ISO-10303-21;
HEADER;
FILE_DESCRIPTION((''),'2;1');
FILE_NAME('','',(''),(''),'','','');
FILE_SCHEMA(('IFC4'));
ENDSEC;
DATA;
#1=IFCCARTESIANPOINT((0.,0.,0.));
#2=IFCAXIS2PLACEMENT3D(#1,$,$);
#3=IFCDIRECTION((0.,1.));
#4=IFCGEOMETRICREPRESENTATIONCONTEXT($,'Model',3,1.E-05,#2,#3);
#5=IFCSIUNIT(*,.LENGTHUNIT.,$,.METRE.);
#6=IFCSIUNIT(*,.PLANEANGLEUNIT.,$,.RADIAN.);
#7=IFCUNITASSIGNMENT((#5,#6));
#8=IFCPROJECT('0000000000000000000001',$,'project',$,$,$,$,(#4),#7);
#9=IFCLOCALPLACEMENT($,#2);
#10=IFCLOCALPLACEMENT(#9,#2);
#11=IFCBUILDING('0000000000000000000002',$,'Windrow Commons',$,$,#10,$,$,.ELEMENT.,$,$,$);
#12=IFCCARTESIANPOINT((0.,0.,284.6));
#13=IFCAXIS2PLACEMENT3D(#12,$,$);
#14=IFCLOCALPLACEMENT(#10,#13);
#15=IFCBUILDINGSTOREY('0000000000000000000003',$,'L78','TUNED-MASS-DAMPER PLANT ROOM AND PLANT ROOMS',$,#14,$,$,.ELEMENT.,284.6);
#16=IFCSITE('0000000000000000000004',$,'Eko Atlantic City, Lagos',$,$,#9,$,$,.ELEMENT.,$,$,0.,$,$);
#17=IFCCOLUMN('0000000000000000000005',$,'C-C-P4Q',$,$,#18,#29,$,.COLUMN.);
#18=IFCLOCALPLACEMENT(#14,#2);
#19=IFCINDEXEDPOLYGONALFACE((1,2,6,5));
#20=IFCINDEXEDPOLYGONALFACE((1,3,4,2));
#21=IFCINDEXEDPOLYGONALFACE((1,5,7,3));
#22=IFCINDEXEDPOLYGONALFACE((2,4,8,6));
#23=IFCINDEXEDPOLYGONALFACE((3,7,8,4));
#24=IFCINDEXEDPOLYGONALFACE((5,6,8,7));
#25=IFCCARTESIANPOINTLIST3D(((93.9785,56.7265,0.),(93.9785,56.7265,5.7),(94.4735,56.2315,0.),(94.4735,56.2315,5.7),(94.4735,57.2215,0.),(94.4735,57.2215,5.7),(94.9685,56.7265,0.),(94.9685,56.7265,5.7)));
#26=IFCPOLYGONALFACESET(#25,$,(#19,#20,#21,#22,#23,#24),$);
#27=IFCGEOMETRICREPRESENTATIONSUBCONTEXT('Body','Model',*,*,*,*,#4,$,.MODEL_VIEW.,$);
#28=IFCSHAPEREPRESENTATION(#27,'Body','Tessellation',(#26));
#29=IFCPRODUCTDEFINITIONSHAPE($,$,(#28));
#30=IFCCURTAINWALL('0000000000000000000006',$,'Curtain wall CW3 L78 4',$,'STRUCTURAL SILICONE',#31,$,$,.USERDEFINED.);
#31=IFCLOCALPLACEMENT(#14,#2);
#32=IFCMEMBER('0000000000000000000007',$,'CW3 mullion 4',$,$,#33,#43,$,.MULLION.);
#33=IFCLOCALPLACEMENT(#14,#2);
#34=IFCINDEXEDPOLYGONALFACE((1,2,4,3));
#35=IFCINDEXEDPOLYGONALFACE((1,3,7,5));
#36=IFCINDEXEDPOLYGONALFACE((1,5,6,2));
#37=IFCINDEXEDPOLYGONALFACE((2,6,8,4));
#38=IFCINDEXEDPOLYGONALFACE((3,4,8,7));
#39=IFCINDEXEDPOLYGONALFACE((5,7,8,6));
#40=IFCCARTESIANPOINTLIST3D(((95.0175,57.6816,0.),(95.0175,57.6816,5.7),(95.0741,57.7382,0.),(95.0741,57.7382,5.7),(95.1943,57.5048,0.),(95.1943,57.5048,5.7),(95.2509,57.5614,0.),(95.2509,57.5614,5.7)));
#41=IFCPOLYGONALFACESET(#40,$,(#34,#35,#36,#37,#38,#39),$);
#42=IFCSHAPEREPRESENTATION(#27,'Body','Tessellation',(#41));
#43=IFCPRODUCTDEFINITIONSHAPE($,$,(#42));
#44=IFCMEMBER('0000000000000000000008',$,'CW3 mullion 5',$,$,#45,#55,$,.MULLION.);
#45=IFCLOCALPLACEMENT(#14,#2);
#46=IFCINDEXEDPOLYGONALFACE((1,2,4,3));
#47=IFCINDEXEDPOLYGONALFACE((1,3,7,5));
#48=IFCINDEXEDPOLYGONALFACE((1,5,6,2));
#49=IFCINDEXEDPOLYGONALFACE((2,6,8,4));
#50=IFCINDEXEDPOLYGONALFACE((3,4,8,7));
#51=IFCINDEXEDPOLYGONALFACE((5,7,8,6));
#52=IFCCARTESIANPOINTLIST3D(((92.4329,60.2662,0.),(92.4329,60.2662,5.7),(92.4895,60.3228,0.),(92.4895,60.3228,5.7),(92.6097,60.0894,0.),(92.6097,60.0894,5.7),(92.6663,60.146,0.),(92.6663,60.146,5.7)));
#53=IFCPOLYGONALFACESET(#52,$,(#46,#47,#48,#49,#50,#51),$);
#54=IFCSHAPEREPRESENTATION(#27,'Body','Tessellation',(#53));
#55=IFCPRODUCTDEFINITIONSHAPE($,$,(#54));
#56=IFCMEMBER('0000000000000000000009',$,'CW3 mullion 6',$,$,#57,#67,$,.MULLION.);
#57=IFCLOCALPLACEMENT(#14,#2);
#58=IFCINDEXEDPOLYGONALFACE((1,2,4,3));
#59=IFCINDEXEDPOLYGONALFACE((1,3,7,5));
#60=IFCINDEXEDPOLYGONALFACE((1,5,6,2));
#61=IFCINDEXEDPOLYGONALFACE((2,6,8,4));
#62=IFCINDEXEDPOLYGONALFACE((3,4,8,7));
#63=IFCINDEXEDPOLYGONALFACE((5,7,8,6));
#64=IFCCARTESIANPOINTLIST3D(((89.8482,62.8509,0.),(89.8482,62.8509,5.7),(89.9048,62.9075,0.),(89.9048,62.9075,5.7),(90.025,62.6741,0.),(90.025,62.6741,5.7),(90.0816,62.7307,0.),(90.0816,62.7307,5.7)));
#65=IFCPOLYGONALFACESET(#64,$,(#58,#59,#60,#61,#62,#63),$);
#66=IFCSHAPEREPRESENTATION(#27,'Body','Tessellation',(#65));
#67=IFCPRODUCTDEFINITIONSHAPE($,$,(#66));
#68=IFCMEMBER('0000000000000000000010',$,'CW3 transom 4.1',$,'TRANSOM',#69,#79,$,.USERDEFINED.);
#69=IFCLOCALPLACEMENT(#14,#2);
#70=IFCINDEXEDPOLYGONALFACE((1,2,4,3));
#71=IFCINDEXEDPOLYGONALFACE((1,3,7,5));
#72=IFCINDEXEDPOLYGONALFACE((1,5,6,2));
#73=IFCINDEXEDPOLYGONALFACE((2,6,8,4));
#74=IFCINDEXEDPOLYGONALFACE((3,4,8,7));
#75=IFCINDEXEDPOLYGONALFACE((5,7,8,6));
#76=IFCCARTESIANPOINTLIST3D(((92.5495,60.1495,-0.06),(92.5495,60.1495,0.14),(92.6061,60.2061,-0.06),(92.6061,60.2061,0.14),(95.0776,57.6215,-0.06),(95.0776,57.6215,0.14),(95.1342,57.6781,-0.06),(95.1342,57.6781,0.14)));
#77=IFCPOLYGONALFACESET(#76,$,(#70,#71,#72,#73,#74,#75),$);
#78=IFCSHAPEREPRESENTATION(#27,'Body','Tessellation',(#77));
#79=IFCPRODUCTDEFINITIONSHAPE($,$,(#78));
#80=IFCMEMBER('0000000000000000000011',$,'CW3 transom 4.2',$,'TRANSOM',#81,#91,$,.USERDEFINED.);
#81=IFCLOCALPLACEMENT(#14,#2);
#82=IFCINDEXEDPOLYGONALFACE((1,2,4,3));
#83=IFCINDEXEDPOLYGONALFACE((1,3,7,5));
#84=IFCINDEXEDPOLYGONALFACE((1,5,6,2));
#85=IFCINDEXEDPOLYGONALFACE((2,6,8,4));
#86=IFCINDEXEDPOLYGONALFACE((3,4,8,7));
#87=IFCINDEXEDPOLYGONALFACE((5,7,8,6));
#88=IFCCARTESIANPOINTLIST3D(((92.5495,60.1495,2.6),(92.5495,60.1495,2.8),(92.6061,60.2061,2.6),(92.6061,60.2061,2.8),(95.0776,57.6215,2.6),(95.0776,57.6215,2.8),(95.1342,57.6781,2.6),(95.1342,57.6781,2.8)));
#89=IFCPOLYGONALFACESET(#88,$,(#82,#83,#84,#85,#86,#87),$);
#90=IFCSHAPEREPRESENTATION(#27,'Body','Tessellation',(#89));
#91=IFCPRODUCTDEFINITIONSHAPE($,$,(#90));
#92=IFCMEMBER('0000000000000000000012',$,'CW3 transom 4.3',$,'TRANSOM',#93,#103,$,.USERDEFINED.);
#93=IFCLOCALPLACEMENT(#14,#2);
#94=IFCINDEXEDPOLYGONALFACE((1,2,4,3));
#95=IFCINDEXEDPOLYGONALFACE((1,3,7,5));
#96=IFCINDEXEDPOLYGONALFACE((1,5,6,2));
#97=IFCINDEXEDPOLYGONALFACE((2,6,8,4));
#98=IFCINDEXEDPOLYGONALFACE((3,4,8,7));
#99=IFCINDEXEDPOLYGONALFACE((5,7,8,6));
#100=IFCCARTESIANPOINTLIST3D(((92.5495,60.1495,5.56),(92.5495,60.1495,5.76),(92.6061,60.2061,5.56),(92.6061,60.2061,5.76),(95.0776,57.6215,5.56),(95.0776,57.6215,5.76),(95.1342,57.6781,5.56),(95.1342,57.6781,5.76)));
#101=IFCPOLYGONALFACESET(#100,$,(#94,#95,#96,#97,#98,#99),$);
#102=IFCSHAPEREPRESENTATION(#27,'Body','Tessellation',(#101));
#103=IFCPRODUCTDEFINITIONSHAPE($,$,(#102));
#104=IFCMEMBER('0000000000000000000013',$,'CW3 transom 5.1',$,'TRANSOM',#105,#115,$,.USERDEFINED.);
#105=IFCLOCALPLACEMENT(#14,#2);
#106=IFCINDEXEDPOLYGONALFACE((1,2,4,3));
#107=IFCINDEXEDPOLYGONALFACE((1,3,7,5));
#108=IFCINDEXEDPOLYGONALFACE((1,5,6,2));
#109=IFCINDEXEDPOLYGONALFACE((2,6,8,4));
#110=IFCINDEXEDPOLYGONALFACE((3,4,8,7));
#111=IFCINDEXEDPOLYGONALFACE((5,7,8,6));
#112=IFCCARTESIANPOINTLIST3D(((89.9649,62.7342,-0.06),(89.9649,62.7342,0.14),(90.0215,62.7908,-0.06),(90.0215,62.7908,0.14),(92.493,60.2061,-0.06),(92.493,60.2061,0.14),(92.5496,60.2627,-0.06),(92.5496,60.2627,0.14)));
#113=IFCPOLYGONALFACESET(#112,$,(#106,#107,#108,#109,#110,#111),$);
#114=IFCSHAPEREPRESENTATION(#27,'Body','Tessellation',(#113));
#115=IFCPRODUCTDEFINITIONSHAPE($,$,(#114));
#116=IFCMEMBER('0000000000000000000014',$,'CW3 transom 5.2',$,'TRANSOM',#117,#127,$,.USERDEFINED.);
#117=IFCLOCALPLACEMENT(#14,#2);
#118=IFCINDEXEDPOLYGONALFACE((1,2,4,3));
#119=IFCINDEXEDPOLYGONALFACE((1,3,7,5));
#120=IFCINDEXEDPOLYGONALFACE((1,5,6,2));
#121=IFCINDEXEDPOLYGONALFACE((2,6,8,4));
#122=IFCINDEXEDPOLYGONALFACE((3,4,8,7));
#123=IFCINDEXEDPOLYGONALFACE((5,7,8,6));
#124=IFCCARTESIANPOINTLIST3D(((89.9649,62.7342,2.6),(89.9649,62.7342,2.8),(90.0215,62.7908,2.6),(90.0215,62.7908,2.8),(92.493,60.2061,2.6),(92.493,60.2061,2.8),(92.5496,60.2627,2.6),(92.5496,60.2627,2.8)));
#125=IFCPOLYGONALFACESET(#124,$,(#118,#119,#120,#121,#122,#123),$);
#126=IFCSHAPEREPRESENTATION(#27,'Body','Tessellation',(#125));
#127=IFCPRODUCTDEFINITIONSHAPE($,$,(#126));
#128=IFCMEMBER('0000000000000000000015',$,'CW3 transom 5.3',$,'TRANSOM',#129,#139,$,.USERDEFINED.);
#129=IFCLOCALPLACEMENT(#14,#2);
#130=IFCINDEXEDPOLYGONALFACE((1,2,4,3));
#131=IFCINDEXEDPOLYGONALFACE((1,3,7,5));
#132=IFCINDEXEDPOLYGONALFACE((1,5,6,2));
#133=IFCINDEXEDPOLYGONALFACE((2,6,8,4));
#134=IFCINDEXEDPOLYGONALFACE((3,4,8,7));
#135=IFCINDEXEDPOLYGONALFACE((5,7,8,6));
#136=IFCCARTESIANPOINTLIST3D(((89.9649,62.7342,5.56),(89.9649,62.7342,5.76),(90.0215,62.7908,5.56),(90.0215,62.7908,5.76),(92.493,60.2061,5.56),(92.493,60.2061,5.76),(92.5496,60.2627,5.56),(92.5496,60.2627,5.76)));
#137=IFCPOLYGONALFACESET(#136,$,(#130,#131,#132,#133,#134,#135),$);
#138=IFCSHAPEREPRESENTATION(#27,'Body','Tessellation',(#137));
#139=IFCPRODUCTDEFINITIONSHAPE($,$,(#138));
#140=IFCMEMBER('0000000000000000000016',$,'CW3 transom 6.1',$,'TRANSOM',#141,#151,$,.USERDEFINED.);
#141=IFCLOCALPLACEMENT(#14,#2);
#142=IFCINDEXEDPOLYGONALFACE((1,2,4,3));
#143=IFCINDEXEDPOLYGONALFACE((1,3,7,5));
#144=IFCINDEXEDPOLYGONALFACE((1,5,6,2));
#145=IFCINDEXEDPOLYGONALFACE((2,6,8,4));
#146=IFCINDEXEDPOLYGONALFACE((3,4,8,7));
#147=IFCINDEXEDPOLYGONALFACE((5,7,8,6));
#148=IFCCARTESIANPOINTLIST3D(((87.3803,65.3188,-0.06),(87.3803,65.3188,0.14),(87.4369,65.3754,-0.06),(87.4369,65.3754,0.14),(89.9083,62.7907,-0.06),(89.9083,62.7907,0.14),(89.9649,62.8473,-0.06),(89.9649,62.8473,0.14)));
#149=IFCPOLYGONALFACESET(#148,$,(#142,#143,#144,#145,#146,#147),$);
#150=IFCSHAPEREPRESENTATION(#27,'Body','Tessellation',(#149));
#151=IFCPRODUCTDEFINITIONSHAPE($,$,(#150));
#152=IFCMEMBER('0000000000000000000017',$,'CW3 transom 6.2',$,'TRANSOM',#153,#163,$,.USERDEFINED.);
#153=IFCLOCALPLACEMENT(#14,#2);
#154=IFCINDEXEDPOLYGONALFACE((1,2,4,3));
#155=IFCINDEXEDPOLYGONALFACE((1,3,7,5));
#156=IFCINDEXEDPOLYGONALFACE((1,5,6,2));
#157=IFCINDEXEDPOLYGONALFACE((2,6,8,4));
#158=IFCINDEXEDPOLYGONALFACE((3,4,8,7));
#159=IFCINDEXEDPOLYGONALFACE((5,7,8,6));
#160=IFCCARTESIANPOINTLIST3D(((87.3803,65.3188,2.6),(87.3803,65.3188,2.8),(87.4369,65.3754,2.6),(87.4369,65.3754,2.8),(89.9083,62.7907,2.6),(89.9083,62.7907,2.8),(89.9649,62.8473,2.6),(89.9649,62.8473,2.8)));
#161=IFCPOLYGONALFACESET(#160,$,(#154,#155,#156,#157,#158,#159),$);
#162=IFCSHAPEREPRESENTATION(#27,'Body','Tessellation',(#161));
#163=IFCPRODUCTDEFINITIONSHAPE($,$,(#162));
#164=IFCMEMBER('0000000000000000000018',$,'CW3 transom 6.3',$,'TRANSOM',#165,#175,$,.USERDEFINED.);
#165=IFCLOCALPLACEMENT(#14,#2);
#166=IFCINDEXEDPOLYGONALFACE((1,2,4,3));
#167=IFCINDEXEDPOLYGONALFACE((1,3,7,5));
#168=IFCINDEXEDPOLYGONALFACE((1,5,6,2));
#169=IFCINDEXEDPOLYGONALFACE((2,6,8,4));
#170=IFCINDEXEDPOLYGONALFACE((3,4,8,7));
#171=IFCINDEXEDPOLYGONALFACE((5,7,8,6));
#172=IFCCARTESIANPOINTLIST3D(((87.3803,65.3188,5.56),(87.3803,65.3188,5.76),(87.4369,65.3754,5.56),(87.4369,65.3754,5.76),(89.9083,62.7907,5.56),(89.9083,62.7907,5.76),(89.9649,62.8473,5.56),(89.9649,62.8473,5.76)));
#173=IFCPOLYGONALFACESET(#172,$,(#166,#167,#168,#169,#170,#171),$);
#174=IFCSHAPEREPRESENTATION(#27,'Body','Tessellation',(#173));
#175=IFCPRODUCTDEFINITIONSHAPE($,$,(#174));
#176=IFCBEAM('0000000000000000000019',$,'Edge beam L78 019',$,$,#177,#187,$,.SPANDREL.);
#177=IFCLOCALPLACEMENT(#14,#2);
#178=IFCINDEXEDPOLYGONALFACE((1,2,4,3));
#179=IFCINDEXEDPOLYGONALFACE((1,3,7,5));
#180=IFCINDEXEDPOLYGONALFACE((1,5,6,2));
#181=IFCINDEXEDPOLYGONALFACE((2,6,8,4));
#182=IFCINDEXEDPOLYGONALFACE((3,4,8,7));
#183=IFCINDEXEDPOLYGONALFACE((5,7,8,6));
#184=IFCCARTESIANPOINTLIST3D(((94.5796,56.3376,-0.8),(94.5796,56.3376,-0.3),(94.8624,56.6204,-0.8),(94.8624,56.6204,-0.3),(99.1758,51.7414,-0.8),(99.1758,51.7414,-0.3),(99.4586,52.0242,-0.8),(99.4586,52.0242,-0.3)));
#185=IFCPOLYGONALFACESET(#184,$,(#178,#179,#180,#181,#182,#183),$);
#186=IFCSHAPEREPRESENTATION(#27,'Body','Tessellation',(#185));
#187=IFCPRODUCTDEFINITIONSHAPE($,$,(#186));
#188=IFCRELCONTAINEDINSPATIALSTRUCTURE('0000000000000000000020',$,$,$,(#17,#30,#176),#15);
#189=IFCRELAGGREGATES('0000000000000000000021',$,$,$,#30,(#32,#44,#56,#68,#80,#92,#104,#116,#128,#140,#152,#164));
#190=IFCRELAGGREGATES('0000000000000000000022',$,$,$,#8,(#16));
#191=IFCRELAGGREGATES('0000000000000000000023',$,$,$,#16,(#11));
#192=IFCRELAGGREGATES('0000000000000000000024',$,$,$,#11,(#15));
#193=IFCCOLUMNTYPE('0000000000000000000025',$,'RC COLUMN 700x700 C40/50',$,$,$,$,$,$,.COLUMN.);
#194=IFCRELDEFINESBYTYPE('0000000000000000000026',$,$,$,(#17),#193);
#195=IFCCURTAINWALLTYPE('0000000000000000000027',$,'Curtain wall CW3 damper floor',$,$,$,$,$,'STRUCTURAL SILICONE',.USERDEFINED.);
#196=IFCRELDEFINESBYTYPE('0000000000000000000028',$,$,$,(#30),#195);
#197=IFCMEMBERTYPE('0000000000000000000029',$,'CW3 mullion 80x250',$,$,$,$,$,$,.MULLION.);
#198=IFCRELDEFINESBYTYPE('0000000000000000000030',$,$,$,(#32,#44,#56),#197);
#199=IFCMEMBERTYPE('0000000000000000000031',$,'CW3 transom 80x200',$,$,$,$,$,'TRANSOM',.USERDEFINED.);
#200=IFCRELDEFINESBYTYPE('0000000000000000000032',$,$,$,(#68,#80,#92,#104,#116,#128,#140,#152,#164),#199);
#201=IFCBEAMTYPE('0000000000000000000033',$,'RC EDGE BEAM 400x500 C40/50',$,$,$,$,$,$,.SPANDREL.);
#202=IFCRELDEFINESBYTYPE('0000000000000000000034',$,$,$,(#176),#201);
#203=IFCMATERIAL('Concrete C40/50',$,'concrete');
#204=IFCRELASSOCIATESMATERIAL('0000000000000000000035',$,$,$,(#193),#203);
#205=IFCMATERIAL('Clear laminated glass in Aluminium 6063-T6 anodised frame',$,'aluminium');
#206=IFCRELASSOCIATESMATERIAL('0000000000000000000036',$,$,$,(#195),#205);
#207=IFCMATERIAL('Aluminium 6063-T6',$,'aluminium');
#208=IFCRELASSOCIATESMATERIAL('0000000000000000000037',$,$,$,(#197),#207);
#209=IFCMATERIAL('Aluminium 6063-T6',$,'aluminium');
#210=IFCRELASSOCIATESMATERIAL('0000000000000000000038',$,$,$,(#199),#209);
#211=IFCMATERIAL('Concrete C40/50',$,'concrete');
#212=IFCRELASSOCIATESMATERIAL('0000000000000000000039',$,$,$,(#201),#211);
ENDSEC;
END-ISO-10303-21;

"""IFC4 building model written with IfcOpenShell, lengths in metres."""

from ifc_helpers import new_model, si_unit, direction, frame, origin, origin_2d, place, context, subcontext, project, spatial, rectangle, extrude, material, material_profile, profile_set, type_object, element, aggregate, save


model = new_model("IFC4")

# Units and contexts
model_context = context("Model", 3, precision=1e-05, world=origin(), true_north=direction((0.0, 1.0)))
body_context = subcontext(model_context, "Body", "Model", "MODEL_VIEW")
ifc_project = project(units=[si_unit("LENGTHUNIT", "METRE"), si_unit("PLANEANGLEUNIT", "RADIAN")], contexts=[model_context])

# Site, building, storey
site_placement = place(None, origin())
site = spatial("IfcSite", under=ifc_project, at=site_placement, Name="Eko Atlantic City, Lagos", CompositionType="ELEMENT", RefElevation=0.0)
building_placement = place(site_placement, origin())
building = spatial("IfcBuilding", under=site, at=building_placement, Name="Windrow Commons", CompositionType="ELEMENT")
storey_placement = place(building_placement, frame((0.0, 0.0, 284.6)))
storey = spatial("IfcBuildingStorey", under=building, at=storey_placement, Name="L78", Description="TUNED-MASS-DAMPER PLANT ROOM AND PLANT ROOMS", CompositionType="ELEMENT", Elevation=284.6)

# Column
ifc_material_1 = material(Name="Concrete C40/50", Category="concrete")
ifc_material_profile_1 = material_profile(ifc_material_1, rectangle(XDim=0.7, YDim=0.7, at=origin_2d()))
ifc_profile_set_1 = profile_set([ifc_material_profile_1], Name="Concrete C40/50")
column_type = type_object("IfcColumnType", Name="RC COLUMN 700x700 C40/50", PredefinedType="COLUMN", material=ifc_profile_set_1)
column_placement = place(storey_placement, frame((94.4735, 56.7265, 0.0), z_axis=(0.0, 0.0, 1.0), x_axis=(0.707107, -0.707107, 0.0)))
element("IfcColumn", 1, at=column_placement, inside=storey, type_object=column_type, Name="C-C-P4Q", PredefinedType="COLUMN", context=body_context, shape_type="SweptSolid", body=[
    extrude(rectangle(XDim=0.7, YDim=0.7, at=origin_2d()), origin(), (0.0, 0.0, 1.0), 5.7),
])

# Curtain wall, members
ifc_material_2 = material(Name="Clear laminated glass in Aluminium 6063-T6 anodised frame", Category="aluminium")
curtain_wall_type = type_object("IfcCurtainWallType", Name="Curtain wall CW3 damper floor", ElementType="STRUCTURAL SILICONE", PredefinedType="USERDEFINED", material=ifc_material_2)
curtain_wall_placement = place(storey_placement, origin())
curtain_wall = element("IfcCurtainWall", 2, at=curtain_wall_placement, inside=storey, type_object=curtain_wall_type, Name="Curtain wall CW3 L78 4", ObjectType="STRUCTURAL SILICONE", PredefinedType="USERDEFINED")
ifc_material_3 = material(Name="Aluminium 6063-T6", Category="aluminium")
ifc_material_profile_2 = material_profile(ifc_material_3, rectangle(XDim=0.08, YDim=0.25, at=origin_2d()))
ifc_profile_set_2 = profile_set([ifc_material_profile_2], Name="Aluminium 6063-T6")
member_type_1 = type_object("IfcMemberType", Name="CW3 mullion 80x250", PredefinedType="MULLION", material=ifc_profile_set_2)
member_1_placement = place(storey_placement, frame((95.1342, 57.6215, 0.0), z_axis=(0.0, 0.0, 1.0), x_axis=(-0.707107, -0.707107, 0.0)))
member_1 = element("IfcMember", 3, at=member_1_placement, type_object=member_type_1, Name="CW3 mullion 4", PredefinedType="MULLION", context=body_context, shape_type="SweptSolid", body=[
    extrude(rectangle(XDim=0.08, YDim=0.25, at=origin_2d()), origin(), (0.0, 0.0, 1.0), 5.7),
])
member_2_placement = place(storey_placement, frame((92.5496, 60.2061, 0.0), z_axis=(0.0, 0.0, 1.0), x_axis=(-0.707107, -0.707107, 0.0)))
member_2 = element("IfcMember", 4, at=member_2_placement, type_object=member_type_1, Name="CW3 mullion 5", PredefinedType="MULLION", context=body_context, shape_type="SweptSolid", body=[
    extrude(rectangle(XDim=0.08, YDim=0.25, at=origin_2d()), origin(), (0.0, 0.0, 1.0), 5.7),
])
member_3_placement = place(storey_placement, frame((89.9649, 62.7908, 0.0), z_axis=(0.0, 0.0, 1.0), x_axis=(-0.707107, -0.707107, 0.0)))
member_3 = element("IfcMember", 5, at=member_3_placement, type_object=member_type_1, Name="CW3 mullion 6", PredefinedType="MULLION", context=body_context, shape_type="SweptSolid", body=[
    extrude(rectangle(XDim=0.08, YDim=0.25, at=origin_2d()), origin(), (0.0, 0.0, 1.0), 5.7),
])
ifc_material_4 = material(Name="Aluminium 6063-T6", Category="aluminium")
ifc_material_profile_3 = material_profile(ifc_material_4, rectangle(XDim=0.08, YDim=0.2, at=origin_2d()))
ifc_profile_set_3 = profile_set([ifc_material_profile_3], Name="Aluminium 6063-T6")
member_type_2 = type_object("IfcMemberType", Name="CW3 transom 80x200", ElementType="TRANSOM", PredefinedType="USERDEFINED", material=ifc_profile_set_3)
member_4_placement = place(storey_placement, frame((95.1059, 57.6498, 0.04), z_axis=(-0.707121, 0.707093, 0.0), x_axis=(-0.707093, -0.707121, 0.0)))
member_4 = element("IfcMember", 6, at=member_4_placement, type_object=member_type_2, Name="CW3 transom 4.1", ObjectType="TRANSOM", PredefinedType="USERDEFINED", context=body_context, shape_type="SweptSolid", body=[
    extrude(rectangle(XDim=0.08, YDim=0.2, at=origin_2d()), origin(), (0.0, 0.0, 1.0), 3.5752),
])
member_5_placement = place(storey_placement, frame((95.1059, 57.6498, 2.7), z_axis=(-0.707121, 0.707093, 0.0), x_axis=(-0.707093, -0.707121, 0.0)))
member_5 = element("IfcMember", 7, at=member_5_placement, type_object=member_type_2, Name="CW3 transom 4.2", ObjectType="TRANSOM", PredefinedType="USERDEFINED", context=body_context, shape_type="SweptSolid", body=[
    extrude(rectangle(XDim=0.08, YDim=0.2, at=origin_2d()), origin(), (0.0, 0.0, 1.0), 3.5752),
])
member_6_placement = place(storey_placement, frame((95.1059, 57.6498, 5.66), z_axis=(-0.707121, 0.707093, 0.0), x_axis=(-0.707093, -0.707121, 0.0)))
member_6 = element("IfcMember", 8, at=member_6_placement, type_object=member_type_2, Name="CW3 transom 4.3", ObjectType="TRANSOM", PredefinedType="USERDEFINED", context=body_context, shape_type="SweptSolid", body=[
    extrude(rectangle(XDim=0.08, YDim=0.2, at=origin_2d()), origin(), (0.0, 0.0, 1.0), 3.5752),
])
member_7_placement = place(storey_placement, frame((92.5213, 60.2344, 0.04), z_axis=(-0.707107, 0.707107, 0.0), x_axis=(-0.707107, -0.707107, 0.0)))
member_7 = element("IfcMember", 9, at=member_7_placement, type_object=member_type_2, Name="CW3 transom 5.1", ObjectType="TRANSOM", PredefinedType="USERDEFINED", context=body_context, shape_type="SweptSolid", body=[
    extrude(rectangle(XDim=0.08, YDim=0.2, at=origin_2d()), origin(), (0.0, 0.0, 1.0), 3.5753),
])
member_8_placement = place(storey_placement, frame((92.5213, 60.2344, 2.7), z_axis=(-0.707107, 0.707107, 0.0), x_axis=(-0.707107, -0.707107, 0.0)))
member_8 = element("IfcMember", 10, at=member_8_placement, type_object=member_type_2, Name="CW3 transom 5.2", ObjectType="TRANSOM", PredefinedType="USERDEFINED", context=body_context, shape_type="SweptSolid", body=[
    extrude(rectangle(XDim=0.08, YDim=0.2, at=origin_2d()), origin(), (0.0, 0.0, 1.0), 3.5753),
])
member_9_placement = place(storey_placement, frame((92.5213, 60.2344, 5.66), z_axis=(-0.707107, 0.707107, 0.0), x_axis=(-0.707107, -0.707107, 0.0)))
member_9 = element("IfcMember", 11, at=member_9_placement, type_object=member_type_2, Name="CW3 transom 5.3", ObjectType="TRANSOM", PredefinedType="USERDEFINED", context=body_context, shape_type="SweptSolid", body=[
    extrude(rectangle(XDim=0.08, YDim=0.2, at=origin_2d()), origin(), (0.0, 0.0, 1.0), 3.5753),
])
member_10_placement = place(storey_placement, frame((89.9366, 62.819, 0.04), z_axis=(-0.707093, 0.707121, 0.0), x_axis=(-0.707121, -0.707093, 0.0)))
member_10 = element("IfcMember", 12, at=member_10_placement, type_object=member_type_2, Name="CW3 transom 6.1", ObjectType="TRANSOM", PredefinedType="USERDEFINED", context=body_context, shape_type="SweptSolid", body=[
    extrude(rectangle(XDim=0.08, YDim=0.2, at=origin_2d()), origin(), (0.0, 0.0, 1.0), 3.5752),
])
member_11_placement = place(storey_placement, frame((89.9366, 62.819, 2.7), z_axis=(-0.707093, 0.707121, 0.0), x_axis=(-0.707121, -0.707093, 0.0)))
member_11 = element("IfcMember", 13, at=member_11_placement, type_object=member_type_2, Name="CW3 transom 6.2", ObjectType="TRANSOM", PredefinedType="USERDEFINED", context=body_context, shape_type="SweptSolid", body=[
    extrude(rectangle(XDim=0.08, YDim=0.2, at=origin_2d()), origin(), (0.0, 0.0, 1.0), 3.5752),
])
member_12_placement = place(storey_placement, frame((89.9366, 62.819, 5.66), z_axis=(-0.707093, 0.707121, 0.0), x_axis=(-0.707121, -0.707093, 0.0)))
member_12 = element("IfcMember", 14, at=member_12_placement, type_object=member_type_2, Name="CW3 transom 6.3", ObjectType="TRANSOM", PredefinedType="USERDEFINED", context=body_context, shape_type="SweptSolid", body=[
    extrude(rectangle(XDim=0.08, YDim=0.2, at=origin_2d()), origin(), (0.0, 0.0, 1.0), 3.5752),
])

# Beam
ifc_material_5 = material(Name="Concrete C40/50", Category="concrete")
ifc_material_profile_4 = material_profile(ifc_material_5, rectangle(XDim=0.4, YDim=0.5, at=origin_2d()))
ifc_profile_set_4 = profile_set([ifc_material_profile_4], Name="Concrete C40/50")
beam_type = type_object("IfcBeamType", Name="RC EDGE BEAM 400x500 C40/50", PredefinedType="SPANDREL", material=ifc_profile_set_4)
beam_placement = place(storey_placement, frame((94.721, 56.479, -0.55), z_axis=(0.707107, -0.707107, 0.0), x_axis=(0.707107, 0.707107, 0.0)))
element("IfcBeam", 15, at=beam_placement, inside=storey, type_object=beam_type, Name="Edge beam L78 019", PredefinedType="SPANDREL", context=body_context, shape_type="SweptSolid", body=[
    extrude(rectangle(XDim=0.4, YDim=0.5, at=origin_2d()), origin(), (0.0, 0.0, 1.0), 6.5),
])

aggregate(curtain_wall, [member_1, member_2, member_3, member_4, member_5, member_6, member_7, member_8, member_9, member_10, member_11, member_12])

save(model, "model.ifc")
